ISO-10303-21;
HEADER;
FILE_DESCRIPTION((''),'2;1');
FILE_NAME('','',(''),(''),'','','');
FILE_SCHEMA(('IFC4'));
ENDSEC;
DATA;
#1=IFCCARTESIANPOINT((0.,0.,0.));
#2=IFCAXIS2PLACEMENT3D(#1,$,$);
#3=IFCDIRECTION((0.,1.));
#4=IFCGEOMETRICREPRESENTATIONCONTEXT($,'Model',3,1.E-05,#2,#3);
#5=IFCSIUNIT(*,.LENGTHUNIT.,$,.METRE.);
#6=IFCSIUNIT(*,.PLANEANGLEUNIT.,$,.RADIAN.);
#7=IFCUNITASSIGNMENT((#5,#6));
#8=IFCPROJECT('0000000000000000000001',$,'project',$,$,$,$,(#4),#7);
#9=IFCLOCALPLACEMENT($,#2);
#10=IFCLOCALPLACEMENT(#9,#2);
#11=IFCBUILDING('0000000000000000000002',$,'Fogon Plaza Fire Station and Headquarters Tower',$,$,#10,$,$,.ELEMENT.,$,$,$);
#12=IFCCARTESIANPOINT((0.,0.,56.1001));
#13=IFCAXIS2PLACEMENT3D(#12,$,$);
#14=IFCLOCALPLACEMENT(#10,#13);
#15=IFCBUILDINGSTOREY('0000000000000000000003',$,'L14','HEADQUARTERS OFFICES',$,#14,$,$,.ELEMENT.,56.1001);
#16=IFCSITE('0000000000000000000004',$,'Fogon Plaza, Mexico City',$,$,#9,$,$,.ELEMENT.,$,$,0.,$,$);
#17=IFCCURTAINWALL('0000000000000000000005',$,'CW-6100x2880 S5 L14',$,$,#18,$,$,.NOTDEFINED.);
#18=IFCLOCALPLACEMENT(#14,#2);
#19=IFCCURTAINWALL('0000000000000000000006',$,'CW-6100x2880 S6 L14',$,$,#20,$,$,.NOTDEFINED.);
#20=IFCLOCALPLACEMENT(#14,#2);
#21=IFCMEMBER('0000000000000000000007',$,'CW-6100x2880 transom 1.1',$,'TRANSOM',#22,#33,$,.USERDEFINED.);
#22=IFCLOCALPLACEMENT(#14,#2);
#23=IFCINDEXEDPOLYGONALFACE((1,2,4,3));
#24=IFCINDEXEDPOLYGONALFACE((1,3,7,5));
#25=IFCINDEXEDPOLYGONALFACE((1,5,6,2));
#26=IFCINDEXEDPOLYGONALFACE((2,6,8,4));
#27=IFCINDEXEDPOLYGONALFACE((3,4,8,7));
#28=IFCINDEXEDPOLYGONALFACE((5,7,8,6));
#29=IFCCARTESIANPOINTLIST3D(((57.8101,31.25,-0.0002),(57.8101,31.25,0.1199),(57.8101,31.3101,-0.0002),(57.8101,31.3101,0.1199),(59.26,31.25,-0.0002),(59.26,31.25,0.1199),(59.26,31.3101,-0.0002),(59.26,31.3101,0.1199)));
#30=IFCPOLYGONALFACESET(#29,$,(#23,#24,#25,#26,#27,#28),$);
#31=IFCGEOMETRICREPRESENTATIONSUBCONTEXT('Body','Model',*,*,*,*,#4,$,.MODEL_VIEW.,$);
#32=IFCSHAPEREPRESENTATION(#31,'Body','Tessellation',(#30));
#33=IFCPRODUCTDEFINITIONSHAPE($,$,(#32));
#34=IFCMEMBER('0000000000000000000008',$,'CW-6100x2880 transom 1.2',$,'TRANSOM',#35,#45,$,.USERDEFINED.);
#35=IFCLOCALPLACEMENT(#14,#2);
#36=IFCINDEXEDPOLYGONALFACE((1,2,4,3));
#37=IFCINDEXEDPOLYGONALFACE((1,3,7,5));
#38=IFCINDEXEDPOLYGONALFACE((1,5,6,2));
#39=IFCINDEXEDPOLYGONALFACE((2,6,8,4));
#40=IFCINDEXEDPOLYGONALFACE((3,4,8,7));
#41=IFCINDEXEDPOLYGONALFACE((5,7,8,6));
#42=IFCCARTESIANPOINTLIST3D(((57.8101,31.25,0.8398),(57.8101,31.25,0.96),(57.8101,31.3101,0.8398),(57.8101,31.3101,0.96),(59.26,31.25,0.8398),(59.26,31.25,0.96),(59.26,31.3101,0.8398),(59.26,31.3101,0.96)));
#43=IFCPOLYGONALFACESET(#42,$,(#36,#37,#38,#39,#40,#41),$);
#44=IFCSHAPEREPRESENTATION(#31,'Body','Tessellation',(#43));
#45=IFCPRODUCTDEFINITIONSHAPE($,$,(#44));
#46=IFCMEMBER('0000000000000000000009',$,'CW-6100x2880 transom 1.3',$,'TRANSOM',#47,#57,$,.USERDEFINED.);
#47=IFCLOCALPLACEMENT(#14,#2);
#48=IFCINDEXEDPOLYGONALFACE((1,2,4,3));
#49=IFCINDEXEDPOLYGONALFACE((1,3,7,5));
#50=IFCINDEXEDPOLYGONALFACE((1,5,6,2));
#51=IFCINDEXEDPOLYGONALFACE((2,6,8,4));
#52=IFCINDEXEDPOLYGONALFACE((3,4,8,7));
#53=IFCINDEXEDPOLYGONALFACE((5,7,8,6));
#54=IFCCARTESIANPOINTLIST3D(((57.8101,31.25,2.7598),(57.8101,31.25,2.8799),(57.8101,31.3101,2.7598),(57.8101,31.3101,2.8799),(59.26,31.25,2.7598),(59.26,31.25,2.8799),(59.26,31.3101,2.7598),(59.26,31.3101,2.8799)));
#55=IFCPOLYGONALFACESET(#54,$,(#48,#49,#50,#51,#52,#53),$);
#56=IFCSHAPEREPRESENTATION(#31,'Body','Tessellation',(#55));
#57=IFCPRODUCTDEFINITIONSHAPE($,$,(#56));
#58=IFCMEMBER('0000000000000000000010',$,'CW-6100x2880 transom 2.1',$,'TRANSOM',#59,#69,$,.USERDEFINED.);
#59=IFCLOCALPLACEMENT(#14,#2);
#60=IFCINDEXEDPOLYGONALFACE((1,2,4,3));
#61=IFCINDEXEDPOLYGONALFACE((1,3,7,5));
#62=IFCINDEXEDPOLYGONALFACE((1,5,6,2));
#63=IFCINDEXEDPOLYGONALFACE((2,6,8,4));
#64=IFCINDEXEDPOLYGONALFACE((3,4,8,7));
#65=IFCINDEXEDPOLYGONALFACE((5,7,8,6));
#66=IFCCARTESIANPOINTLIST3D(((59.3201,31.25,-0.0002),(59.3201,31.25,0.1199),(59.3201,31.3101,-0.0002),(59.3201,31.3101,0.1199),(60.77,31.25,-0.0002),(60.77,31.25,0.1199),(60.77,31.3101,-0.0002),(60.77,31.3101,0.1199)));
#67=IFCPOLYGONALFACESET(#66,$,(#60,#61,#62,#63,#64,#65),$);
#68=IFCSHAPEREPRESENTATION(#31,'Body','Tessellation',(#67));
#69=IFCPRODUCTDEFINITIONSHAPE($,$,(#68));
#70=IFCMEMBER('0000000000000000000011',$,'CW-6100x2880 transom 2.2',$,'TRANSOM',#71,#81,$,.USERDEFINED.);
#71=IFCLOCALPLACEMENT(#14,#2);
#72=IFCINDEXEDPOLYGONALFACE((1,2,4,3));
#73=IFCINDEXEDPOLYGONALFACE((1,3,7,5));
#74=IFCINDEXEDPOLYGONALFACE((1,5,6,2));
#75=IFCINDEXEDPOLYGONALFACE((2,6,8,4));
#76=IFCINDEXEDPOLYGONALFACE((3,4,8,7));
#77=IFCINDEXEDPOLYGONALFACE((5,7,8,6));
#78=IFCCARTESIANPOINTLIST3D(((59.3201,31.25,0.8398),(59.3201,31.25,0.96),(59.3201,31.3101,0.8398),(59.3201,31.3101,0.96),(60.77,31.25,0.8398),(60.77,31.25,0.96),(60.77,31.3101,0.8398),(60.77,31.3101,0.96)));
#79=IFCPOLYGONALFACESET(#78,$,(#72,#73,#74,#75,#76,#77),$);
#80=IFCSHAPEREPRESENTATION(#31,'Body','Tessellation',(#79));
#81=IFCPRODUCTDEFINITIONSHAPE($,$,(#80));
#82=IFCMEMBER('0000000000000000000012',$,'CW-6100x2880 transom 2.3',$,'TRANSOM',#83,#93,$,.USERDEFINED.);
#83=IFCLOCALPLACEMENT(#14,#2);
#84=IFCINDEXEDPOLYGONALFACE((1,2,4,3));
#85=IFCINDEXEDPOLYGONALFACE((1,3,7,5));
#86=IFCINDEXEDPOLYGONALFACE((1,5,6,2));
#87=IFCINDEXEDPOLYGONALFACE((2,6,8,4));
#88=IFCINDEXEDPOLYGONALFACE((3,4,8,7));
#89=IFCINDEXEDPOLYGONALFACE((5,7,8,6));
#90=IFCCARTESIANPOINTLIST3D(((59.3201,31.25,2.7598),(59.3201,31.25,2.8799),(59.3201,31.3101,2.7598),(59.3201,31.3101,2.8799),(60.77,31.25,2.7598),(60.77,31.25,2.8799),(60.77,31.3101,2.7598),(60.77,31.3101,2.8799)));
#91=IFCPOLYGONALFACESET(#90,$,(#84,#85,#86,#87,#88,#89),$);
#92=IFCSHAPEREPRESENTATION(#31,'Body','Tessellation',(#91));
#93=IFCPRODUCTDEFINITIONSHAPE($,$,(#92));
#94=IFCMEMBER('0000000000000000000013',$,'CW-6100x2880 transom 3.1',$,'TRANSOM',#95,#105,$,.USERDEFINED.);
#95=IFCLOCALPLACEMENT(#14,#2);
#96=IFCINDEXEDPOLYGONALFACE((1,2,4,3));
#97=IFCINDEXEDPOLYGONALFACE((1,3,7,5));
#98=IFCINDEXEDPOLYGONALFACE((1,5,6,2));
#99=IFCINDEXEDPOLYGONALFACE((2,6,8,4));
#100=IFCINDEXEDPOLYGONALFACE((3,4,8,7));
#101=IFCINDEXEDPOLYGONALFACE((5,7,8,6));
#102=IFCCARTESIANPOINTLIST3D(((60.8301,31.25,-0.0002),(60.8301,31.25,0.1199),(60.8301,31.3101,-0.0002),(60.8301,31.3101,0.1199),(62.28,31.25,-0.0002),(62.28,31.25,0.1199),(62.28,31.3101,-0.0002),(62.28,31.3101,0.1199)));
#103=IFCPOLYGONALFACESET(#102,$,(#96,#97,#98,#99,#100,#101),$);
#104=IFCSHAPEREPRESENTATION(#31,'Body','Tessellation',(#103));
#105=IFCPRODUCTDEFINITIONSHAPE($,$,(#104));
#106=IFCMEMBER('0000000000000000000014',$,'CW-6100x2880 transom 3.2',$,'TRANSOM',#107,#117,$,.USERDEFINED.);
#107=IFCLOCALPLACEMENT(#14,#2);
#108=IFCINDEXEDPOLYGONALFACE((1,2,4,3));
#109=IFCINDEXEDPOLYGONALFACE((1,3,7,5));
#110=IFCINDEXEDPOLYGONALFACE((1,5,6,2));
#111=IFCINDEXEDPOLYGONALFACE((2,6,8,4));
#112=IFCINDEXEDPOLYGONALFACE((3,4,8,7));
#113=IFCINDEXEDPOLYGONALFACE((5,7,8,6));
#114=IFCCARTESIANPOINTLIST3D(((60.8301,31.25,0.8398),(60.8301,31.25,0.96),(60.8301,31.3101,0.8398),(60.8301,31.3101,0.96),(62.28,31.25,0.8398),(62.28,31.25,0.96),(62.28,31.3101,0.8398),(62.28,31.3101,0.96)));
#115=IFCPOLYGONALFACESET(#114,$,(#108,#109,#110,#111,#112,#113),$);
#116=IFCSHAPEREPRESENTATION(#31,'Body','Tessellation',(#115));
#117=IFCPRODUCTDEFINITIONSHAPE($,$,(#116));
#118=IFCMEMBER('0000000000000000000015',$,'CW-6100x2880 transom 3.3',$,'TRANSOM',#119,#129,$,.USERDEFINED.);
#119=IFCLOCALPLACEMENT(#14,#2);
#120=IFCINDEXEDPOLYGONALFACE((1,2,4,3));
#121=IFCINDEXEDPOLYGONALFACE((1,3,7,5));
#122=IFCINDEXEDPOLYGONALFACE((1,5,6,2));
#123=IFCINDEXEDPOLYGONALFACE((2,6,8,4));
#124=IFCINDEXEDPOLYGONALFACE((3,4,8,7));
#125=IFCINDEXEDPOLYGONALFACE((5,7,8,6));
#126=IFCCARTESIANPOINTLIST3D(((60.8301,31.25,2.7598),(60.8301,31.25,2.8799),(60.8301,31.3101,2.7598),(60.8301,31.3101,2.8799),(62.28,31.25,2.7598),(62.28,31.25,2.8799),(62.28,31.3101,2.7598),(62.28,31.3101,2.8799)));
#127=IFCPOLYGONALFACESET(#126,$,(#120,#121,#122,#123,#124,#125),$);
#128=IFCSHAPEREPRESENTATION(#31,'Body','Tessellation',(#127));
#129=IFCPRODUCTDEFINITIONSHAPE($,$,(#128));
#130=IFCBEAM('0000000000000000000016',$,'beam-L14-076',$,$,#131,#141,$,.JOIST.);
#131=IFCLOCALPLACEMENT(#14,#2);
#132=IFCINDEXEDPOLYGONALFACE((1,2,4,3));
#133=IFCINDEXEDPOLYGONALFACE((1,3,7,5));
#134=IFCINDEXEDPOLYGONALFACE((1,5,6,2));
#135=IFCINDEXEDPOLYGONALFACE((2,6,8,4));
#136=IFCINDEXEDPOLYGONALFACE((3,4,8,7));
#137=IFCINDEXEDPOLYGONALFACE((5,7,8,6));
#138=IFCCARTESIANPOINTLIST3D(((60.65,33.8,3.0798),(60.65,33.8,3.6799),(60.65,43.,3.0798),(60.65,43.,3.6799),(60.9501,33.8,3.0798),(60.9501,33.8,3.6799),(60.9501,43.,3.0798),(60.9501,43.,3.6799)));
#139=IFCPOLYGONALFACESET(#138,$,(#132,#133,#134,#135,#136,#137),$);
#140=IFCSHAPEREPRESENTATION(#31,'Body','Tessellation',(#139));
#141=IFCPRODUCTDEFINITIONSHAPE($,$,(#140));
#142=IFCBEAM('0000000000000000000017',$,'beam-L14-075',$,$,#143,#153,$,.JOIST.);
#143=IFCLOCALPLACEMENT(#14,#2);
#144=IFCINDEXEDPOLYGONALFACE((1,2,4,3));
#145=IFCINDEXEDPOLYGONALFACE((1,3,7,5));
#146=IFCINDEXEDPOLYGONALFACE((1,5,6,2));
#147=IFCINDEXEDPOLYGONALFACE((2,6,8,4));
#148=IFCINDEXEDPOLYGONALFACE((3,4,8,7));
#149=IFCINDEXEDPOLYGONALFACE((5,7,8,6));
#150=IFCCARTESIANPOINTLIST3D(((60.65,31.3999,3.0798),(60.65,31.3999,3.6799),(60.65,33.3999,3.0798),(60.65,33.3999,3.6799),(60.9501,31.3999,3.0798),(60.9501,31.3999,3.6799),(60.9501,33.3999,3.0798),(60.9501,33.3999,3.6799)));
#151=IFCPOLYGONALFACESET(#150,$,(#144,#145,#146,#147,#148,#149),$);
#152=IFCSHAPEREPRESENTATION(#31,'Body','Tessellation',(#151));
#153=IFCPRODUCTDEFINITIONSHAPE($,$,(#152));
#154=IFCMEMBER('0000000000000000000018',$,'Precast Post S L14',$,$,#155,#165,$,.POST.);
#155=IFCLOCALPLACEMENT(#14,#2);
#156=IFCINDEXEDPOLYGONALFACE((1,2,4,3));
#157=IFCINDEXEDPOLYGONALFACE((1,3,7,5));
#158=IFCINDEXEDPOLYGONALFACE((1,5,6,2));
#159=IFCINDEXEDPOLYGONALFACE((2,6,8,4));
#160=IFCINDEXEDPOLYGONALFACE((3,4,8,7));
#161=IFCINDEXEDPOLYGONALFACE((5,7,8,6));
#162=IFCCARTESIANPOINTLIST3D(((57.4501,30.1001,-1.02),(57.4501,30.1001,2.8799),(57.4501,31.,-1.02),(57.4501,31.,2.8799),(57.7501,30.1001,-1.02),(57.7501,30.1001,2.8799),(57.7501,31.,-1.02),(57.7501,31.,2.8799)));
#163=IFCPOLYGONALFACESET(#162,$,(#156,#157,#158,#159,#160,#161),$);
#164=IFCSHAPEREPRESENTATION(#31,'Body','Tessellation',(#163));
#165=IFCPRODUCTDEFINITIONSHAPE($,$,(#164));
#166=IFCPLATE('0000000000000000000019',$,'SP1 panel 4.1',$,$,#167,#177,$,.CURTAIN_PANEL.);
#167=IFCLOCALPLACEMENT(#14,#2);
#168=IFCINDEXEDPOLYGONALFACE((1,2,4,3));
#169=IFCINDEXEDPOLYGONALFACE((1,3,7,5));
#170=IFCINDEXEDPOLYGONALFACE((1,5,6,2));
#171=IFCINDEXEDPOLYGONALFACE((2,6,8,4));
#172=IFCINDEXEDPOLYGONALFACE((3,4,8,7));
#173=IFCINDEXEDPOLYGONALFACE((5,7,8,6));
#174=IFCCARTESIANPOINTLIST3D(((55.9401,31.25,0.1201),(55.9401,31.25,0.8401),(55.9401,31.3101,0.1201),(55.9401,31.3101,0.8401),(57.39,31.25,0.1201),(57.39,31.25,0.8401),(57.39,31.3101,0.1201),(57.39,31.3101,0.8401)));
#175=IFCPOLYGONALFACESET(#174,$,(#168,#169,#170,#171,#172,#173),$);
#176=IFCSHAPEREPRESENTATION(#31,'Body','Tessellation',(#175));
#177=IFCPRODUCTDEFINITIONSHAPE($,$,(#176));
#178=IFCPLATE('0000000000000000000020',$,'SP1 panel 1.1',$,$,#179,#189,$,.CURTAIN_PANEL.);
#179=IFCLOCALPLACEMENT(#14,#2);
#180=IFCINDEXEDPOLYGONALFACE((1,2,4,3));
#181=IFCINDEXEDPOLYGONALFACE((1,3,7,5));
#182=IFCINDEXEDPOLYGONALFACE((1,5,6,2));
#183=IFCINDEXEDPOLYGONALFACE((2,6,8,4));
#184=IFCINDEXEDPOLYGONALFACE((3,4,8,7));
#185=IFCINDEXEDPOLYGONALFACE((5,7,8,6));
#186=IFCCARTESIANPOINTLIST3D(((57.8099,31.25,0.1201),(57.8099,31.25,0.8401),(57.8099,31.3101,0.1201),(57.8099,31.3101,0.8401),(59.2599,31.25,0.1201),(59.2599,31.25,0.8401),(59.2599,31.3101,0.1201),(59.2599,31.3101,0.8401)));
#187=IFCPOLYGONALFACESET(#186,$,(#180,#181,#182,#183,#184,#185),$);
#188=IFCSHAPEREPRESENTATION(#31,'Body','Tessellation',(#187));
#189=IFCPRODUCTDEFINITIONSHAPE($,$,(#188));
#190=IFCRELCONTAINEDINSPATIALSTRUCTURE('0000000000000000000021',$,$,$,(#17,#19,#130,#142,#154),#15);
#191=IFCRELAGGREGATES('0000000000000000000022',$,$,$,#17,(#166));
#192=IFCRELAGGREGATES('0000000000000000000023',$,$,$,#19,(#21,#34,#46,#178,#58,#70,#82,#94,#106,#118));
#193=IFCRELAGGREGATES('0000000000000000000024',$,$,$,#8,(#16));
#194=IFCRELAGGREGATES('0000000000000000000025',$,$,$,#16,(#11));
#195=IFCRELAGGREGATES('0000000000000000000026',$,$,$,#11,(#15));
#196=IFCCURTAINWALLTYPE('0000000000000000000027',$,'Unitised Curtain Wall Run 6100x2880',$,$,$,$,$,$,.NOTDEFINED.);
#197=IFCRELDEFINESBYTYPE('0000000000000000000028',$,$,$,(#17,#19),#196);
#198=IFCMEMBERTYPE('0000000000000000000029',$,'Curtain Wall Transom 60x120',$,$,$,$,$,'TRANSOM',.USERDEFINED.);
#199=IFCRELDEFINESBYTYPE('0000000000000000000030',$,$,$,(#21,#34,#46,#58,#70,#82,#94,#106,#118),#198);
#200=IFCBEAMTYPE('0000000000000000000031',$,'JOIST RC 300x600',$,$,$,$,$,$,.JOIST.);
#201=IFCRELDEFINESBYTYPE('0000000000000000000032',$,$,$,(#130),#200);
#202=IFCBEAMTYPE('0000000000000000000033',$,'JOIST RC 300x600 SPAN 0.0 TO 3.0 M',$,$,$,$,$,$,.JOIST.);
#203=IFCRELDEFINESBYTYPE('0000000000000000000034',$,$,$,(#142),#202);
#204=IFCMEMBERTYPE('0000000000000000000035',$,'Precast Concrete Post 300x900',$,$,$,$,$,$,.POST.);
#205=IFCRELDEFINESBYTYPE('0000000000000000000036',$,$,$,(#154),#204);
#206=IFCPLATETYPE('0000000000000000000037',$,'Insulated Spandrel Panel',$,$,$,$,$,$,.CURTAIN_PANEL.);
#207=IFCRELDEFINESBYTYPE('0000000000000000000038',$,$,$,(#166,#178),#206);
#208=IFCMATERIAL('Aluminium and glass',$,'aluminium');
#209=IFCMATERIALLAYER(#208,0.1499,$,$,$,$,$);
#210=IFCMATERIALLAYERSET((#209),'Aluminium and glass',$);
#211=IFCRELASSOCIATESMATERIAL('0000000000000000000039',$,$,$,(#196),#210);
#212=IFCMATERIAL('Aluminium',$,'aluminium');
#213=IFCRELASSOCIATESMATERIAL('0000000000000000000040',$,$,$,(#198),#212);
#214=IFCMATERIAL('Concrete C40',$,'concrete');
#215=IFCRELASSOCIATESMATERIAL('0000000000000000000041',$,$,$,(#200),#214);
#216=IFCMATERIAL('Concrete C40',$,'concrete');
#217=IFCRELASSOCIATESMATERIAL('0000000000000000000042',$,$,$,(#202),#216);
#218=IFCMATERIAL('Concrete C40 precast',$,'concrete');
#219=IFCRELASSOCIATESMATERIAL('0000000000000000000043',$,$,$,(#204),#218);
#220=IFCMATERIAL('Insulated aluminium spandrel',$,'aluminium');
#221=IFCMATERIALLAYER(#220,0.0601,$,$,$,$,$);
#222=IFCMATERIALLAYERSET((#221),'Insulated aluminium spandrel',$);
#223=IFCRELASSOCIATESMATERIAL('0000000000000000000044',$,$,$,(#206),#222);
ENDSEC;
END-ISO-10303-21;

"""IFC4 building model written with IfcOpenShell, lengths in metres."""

from ifc_helpers import new_model, si_unit, direction, frame, origin, origin_2d, place, context, subcontext, project, spatial, rectangle, extrude, material, layer, layer_set, material_profile, profile_set, type_object, element, aggregate, save


model = new_model("IFC4")

# Units and contexts
model_context = context("Model", 3, precision=1e-05, world=origin(), true_north=direction((0.0, 1.0)))
body_context = subcontext(model_context, "Body", "Model", "MODEL_VIEW")
ifc_project = project(units=[si_unit("LENGTHUNIT", "METRE"), si_unit("PLANEANGLEUNIT", "RADIAN")], contexts=[model_context])

# Site, building, storey
site_placement = place(None, origin())
site = spatial("IfcSite", under=ifc_project, at=site_placement, Name="Fogon Plaza, Mexico City", CompositionType="ELEMENT", RefElevation=0.0)
building_placement = place(site_placement, origin())
building = spatial("IfcBuilding", under=site, at=building_placement, Name="Fogon Plaza Fire Station and Headquarters Tower", CompositionType="ELEMENT")
storey_placement = place(building_placement, frame((0.0, 0.0, 56.1001)))
storey = spatial("IfcBuildingStorey", under=building, at=storey_placement, Name="L14", Description="HEADQUARTERS OFFICES", CompositionType="ELEMENT", Elevation=56.1001)

# Curtain walls
ifc_material_1 = material(Name="Aluminium and glass", Category="aluminium")
ifc_layer_1 = layer(ifc_material_1, 0.1499)
ifc_layer_set_1 = layer_set([ifc_layer_1], Name="Aluminium and glass")
curtain_wall_type = type_object("IfcCurtainWallType", Name="Unitised Curtain Wall Run 6100x2880", PredefinedType="NOTDEFINED", material=ifc_layer_set_1)
curtain_wall_1_placement = place(storey_placement, origin())
curtain_wall_1 = element("IfcCurtainWall", 1, at=curtain_wall_1_placement, inside=storey, type_object=curtain_wall_type, Name="CW-6100x2880 S5 L14", PredefinedType="NOTDEFINED")
curtain_wall_2_placement = place(storey_placement, origin())
curtain_wall_2 = element("IfcCurtainWall", 2, at=curtain_wall_2_placement, inside=storey, type_object=curtain_wall_type, Name="CW-6100x2880 S6 L14", PredefinedType="NOTDEFINED")

# Members
ifc_material_2 = material(Name="Aluminium", Category="aluminium")
ifc_material_profile_1 = material_profile(ifc_material_2, rectangle(XDim=0.0601, YDim=0.1201, at=origin_2d()), Name="Curtain Wall Transom 60x120")
ifc_profile_set_1 = profile_set([ifc_material_profile_1], Name="Aluminium")
member_type_1 = type_object("IfcMemberType", Name="Curtain Wall Transom 60x120", ElementType="TRANSOM", PredefinedType="USERDEFINED", material=ifc_profile_set_1)
member_1_placement = place(storey_placement, frame((57.8101, 31.28, 0.0598), z_axis=(1.0, 0.0, 0.0), x_axis=(0.0, 1.0, 0.0)))
member_1 = element("IfcMember", 3, at=member_1_placement, type_object=member_type_1, Name="CW-6100x2880 transom 1.1", ObjectType="TRANSOM", PredefinedType="USERDEFINED", context=body_context, shape_type="SweptSolid", body=[
    extrude(rectangle(XDim=0.0601, YDim=0.1201, at=origin_2d()), origin(), (0.0, 0.0, 1.0), 1.45),
])
member_2_placement = place(storey_placement, frame((57.8101, 31.28, 0.8999), z_axis=(1.0, 0.0, 0.0), x_axis=(0.0, 1.0, 0.0)))
member_2 = element("IfcMember", 4, at=member_2_placement, type_object=member_type_1, Name="CW-6100x2880 transom 1.2", ObjectType="TRANSOM", PredefinedType="USERDEFINED", context=body_context, shape_type="SweptSolid", body=[
    extrude(rectangle(XDim=0.0601, YDim=0.1201, at=origin_2d()), origin(), (0.0, 0.0, 1.0), 1.45),
])
member_3_placement = place(storey_placement, frame((57.8101, 31.28, 2.8198), z_axis=(1.0, 0.0, 0.0), x_axis=(0.0, 1.0, 0.0)))
member_3 = element("IfcMember", 5, at=member_3_placement, type_object=member_type_1, Name="CW-6100x2880 transom 1.3", ObjectType="TRANSOM", PredefinedType="USERDEFINED", context=body_context, shape_type="SweptSolid", body=[
    extrude(rectangle(XDim=0.0601, YDim=0.1201, at=origin_2d()), origin(), (0.0, 0.0, 1.0), 1.45),
])
member_4_placement = place(storey_placement, frame((59.3201, 31.28, 0.0598), z_axis=(1.0, 0.0, 0.0), x_axis=(0.0, 1.0, 0.0)))
member_4 = element("IfcMember", 6, at=member_4_placement, type_object=member_type_1, Name="CW-6100x2880 transom 2.1", ObjectType="TRANSOM", PredefinedType="USERDEFINED", context=body_context, shape_type="SweptSolid", body=[
    extrude(rectangle(XDim=0.0601, YDim=0.1201, at=origin_2d()), origin(), (0.0, 0.0, 1.0), 1.45),
])
member_5_placement = place(storey_placement, frame((59.3201, 31.28, 0.8999), z_axis=(1.0, 0.0, 0.0), x_axis=(0.0, 1.0, 0.0)))
member_5 = element("IfcMember", 7, at=member_5_placement, type_object=member_type_1, Name="CW-6100x2880 transom 2.2", ObjectType="TRANSOM", PredefinedType="USERDEFINED", context=body_context, shape_type="SweptSolid", body=[
    extrude(rectangle(XDim=0.0601, YDim=0.1201, at=origin_2d()), origin(), (0.0, 0.0, 1.0), 1.45),
])
member_6_placement = place(storey_placement, frame((59.3201, 31.28, 2.8198), z_axis=(1.0, 0.0, 0.0), x_axis=(0.0, 1.0, 0.0)))
member_6 = element("IfcMember", 8, at=member_6_placement, type_object=member_type_1, Name="CW-6100x2880 transom 2.3", ObjectType="TRANSOM", PredefinedType="USERDEFINED", context=body_context, shape_type="SweptSolid", body=[
    extrude(rectangle(XDim=0.0601, YDim=0.1201, at=origin_2d()), origin(), (0.0, 0.0, 1.0), 1.45),
])
member_7_placement = place(storey_placement, frame((60.8301, 31.28, 0.0598), z_axis=(1.0, 0.0, 0.0), x_axis=(0.0, 1.0, 0.0)))
member_7 = element("IfcMember", 9, at=member_7_placement, type_object=member_type_1, Name="CW-6100x2880 transom 3.1", ObjectType="TRANSOM", PredefinedType="USERDEFINED", context=body_context, shape_type="SweptSolid", body=[
    extrude(rectangle(XDim=0.0601, YDim=0.1201, at=origin_2d()), origin(), (0.0, 0.0, 1.0), 1.45),
])
member_8_placement = place(storey_placement, frame((60.8301, 31.28, 0.8999), z_axis=(1.0, 0.0, 0.0), x_axis=(0.0, 1.0, 0.0)))
member_8 = element("IfcMember", 10, at=member_8_placement, type_object=member_type_1, Name="CW-6100x2880 transom 3.2", ObjectType="TRANSOM", PredefinedType="USERDEFINED", context=body_context, shape_type="SweptSolid", body=[
    extrude(rectangle(XDim=0.0601, YDim=0.1201, at=origin_2d()), origin(), (0.0, 0.0, 1.0), 1.45),
])
member_9_placement = place(storey_placement, frame((60.8301, 31.28, 2.8198), z_axis=(1.0, 0.0, 0.0), x_axis=(0.0, 1.0, 0.0)))
member_9 = element("IfcMember", 11, at=member_9_placement, type_object=member_type_1, Name="CW-6100x2880 transom 3.3", ObjectType="TRANSOM", PredefinedType="USERDEFINED", context=body_context, shape_type="SweptSolid", body=[
    extrude(rectangle(XDim=0.0601, YDim=0.1201, at=origin_2d()), origin(), (0.0, 0.0, 1.0), 1.45),
])

# Beams
ifc_material_3 = material(Name="Concrete C40", Category="concrete")
ifc_material_profile_2 = material_profile(ifc_material_3, rectangle(XDim=0.3, YDim=0.6001, at=origin_2d()), Name="RC 300x600")
ifc_profile_set_2 = profile_set([ifc_material_profile_2], Name="Concrete C40")
beam_type_1 = type_object("IfcBeamType", Name="JOIST RC 300x600", PredefinedType="JOIST", material=ifc_profile_set_2)
beam_1_placement = place(storey_placement, frame((60.8, 33.8, 3.3799), z_axis=(0.0, 1.0, 0.0), x_axis=(-1.0, 0.0, 0.0)))
element("IfcBeam", 12, at=beam_1_placement, inside=storey, type_object=beam_type_1, Name="beam-L14-076", PredefinedType="JOIST", context=body_context, shape_type="SweptSolid", body=[
    extrude(rectangle(XDim=0.3, YDim=0.6001, at=origin_2d()), origin(), (0.0, 0.0, 1.0), 9.2),
])
ifc_material_4 = material(Name="Concrete C40", Category="concrete")
ifc_material_profile_3 = material_profile(ifc_material_4, rectangle(XDim=0.3, YDim=0.6001, at=origin_2d()), Name="RC 300x600")
ifc_profile_set_3 = profile_set([ifc_material_profile_3], Name="Concrete C40")
beam_type_2 = type_object("IfcBeamType", Name="JOIST RC 300x600 SPAN 0.0 TO 3.0 M", PredefinedType="JOIST", material=ifc_profile_set_3)
beam_2_placement = place(storey_placement, frame((60.8, 31.3999, 3.3799), z_axis=(0.0, 1.0, 0.0), x_axis=(-1.0, 0.0, 0.0)))
element("IfcBeam", 13, at=beam_2_placement, inside=storey, type_object=beam_type_2, Name="beam-L14-075", PredefinedType="JOIST", context=body_context, shape_type="SweptSolid", body=[
    extrude(rectangle(XDim=0.3, YDim=0.6001, at=origin_2d()), origin(), (0.0, 0.0, 1.0), 2.0),
])

# Member
ifc_material_5 = material(Name="Concrete C40 precast", Category="concrete")
ifc_material_profile_4 = material_profile(ifc_material_5, rectangle(XDim=0.3, YDim=0.8999, at=origin_2d()), Name="Precast Concrete Post 300x900")
ifc_profile_set_4 = profile_set([ifc_material_profile_4], Name="Concrete C40 precast")
member_type_2 = type_object("IfcMemberType", Name="Precast Concrete Post 300x900", PredefinedType="POST", material=ifc_profile_set_4)
member_10_placement = place(storey_placement, frame((57.6001, 30.55, -1.02), z_axis=(0.0, 0.0, 1.0), x_axis=(1.0, 0.0, 0.0)))
element("IfcMember", 14, at=member_10_placement, inside=storey, type_object=member_type_2, Name="Precast Post S L14", PredefinedType="POST", context=body_context, shape_type="SweptSolid", body=[
    extrude(rectangle(XDim=0.3, YDim=0.8999, at=origin_2d()), origin(), (0.0, 0.0, 1.0), 3.8999),
])

# Plates
ifc_material_6 = material(Name="Insulated aluminium spandrel", Category="aluminium")
ifc_layer_2 = layer(ifc_material_6, 0.0601)
ifc_layer_set_2 = layer_set([ifc_layer_2], Name="Insulated aluminium spandrel")
plate_type_1 = type_object("IfcPlateType", Name="Insulated Spandrel Panel", PredefinedType="CURTAIN_PANEL", material=ifc_layer_set_2)
plate_1_placement = place(storey_placement, frame((56.665, 31.28, 0.1201), z_axis=(0.0, 0.0, 1.0), x_axis=(1.0, 0.0, 0.0)))
plate_1 = element("IfcPlate", 15, at=plate_1_placement, type_object=plate_type_1, Name="SP1 panel 4.1", PredefinedType="CURTAIN_PANEL", context=body_context, shape_type="SweptSolid", body=[
    extrude(rectangle(XDim=1.45, YDim=0.0601, at=origin_2d()), origin(), (0.0, 0.0, 1.0), 0.72),
])
plate_2_placement = place(storey_placement, frame((58.5349, 31.28, 0.1201), z_axis=(0.0, 0.0, 1.0), x_axis=(1.0, 0.0, 0.0)))
plate_2 = element("IfcPlate", 16, at=plate_2_placement, type_object=plate_type_1, Name="SP1 panel 1.1", PredefinedType="CURTAIN_PANEL", context=body_context, shape_type="SweptSolid", body=[
    extrude(rectangle(XDim=1.45, YDim=0.0601, at=origin_2d()), origin(), (0.0, 0.0, 1.0), 0.72),
])
aggregate(curtain_wall_1, [plate_1])
aggregate(curtain_wall_2, [member_1, member_2, member_3, plate_2, member_4, member_5, member_6, member_7, member_8, member_9])

save(model, "model.ifc")
